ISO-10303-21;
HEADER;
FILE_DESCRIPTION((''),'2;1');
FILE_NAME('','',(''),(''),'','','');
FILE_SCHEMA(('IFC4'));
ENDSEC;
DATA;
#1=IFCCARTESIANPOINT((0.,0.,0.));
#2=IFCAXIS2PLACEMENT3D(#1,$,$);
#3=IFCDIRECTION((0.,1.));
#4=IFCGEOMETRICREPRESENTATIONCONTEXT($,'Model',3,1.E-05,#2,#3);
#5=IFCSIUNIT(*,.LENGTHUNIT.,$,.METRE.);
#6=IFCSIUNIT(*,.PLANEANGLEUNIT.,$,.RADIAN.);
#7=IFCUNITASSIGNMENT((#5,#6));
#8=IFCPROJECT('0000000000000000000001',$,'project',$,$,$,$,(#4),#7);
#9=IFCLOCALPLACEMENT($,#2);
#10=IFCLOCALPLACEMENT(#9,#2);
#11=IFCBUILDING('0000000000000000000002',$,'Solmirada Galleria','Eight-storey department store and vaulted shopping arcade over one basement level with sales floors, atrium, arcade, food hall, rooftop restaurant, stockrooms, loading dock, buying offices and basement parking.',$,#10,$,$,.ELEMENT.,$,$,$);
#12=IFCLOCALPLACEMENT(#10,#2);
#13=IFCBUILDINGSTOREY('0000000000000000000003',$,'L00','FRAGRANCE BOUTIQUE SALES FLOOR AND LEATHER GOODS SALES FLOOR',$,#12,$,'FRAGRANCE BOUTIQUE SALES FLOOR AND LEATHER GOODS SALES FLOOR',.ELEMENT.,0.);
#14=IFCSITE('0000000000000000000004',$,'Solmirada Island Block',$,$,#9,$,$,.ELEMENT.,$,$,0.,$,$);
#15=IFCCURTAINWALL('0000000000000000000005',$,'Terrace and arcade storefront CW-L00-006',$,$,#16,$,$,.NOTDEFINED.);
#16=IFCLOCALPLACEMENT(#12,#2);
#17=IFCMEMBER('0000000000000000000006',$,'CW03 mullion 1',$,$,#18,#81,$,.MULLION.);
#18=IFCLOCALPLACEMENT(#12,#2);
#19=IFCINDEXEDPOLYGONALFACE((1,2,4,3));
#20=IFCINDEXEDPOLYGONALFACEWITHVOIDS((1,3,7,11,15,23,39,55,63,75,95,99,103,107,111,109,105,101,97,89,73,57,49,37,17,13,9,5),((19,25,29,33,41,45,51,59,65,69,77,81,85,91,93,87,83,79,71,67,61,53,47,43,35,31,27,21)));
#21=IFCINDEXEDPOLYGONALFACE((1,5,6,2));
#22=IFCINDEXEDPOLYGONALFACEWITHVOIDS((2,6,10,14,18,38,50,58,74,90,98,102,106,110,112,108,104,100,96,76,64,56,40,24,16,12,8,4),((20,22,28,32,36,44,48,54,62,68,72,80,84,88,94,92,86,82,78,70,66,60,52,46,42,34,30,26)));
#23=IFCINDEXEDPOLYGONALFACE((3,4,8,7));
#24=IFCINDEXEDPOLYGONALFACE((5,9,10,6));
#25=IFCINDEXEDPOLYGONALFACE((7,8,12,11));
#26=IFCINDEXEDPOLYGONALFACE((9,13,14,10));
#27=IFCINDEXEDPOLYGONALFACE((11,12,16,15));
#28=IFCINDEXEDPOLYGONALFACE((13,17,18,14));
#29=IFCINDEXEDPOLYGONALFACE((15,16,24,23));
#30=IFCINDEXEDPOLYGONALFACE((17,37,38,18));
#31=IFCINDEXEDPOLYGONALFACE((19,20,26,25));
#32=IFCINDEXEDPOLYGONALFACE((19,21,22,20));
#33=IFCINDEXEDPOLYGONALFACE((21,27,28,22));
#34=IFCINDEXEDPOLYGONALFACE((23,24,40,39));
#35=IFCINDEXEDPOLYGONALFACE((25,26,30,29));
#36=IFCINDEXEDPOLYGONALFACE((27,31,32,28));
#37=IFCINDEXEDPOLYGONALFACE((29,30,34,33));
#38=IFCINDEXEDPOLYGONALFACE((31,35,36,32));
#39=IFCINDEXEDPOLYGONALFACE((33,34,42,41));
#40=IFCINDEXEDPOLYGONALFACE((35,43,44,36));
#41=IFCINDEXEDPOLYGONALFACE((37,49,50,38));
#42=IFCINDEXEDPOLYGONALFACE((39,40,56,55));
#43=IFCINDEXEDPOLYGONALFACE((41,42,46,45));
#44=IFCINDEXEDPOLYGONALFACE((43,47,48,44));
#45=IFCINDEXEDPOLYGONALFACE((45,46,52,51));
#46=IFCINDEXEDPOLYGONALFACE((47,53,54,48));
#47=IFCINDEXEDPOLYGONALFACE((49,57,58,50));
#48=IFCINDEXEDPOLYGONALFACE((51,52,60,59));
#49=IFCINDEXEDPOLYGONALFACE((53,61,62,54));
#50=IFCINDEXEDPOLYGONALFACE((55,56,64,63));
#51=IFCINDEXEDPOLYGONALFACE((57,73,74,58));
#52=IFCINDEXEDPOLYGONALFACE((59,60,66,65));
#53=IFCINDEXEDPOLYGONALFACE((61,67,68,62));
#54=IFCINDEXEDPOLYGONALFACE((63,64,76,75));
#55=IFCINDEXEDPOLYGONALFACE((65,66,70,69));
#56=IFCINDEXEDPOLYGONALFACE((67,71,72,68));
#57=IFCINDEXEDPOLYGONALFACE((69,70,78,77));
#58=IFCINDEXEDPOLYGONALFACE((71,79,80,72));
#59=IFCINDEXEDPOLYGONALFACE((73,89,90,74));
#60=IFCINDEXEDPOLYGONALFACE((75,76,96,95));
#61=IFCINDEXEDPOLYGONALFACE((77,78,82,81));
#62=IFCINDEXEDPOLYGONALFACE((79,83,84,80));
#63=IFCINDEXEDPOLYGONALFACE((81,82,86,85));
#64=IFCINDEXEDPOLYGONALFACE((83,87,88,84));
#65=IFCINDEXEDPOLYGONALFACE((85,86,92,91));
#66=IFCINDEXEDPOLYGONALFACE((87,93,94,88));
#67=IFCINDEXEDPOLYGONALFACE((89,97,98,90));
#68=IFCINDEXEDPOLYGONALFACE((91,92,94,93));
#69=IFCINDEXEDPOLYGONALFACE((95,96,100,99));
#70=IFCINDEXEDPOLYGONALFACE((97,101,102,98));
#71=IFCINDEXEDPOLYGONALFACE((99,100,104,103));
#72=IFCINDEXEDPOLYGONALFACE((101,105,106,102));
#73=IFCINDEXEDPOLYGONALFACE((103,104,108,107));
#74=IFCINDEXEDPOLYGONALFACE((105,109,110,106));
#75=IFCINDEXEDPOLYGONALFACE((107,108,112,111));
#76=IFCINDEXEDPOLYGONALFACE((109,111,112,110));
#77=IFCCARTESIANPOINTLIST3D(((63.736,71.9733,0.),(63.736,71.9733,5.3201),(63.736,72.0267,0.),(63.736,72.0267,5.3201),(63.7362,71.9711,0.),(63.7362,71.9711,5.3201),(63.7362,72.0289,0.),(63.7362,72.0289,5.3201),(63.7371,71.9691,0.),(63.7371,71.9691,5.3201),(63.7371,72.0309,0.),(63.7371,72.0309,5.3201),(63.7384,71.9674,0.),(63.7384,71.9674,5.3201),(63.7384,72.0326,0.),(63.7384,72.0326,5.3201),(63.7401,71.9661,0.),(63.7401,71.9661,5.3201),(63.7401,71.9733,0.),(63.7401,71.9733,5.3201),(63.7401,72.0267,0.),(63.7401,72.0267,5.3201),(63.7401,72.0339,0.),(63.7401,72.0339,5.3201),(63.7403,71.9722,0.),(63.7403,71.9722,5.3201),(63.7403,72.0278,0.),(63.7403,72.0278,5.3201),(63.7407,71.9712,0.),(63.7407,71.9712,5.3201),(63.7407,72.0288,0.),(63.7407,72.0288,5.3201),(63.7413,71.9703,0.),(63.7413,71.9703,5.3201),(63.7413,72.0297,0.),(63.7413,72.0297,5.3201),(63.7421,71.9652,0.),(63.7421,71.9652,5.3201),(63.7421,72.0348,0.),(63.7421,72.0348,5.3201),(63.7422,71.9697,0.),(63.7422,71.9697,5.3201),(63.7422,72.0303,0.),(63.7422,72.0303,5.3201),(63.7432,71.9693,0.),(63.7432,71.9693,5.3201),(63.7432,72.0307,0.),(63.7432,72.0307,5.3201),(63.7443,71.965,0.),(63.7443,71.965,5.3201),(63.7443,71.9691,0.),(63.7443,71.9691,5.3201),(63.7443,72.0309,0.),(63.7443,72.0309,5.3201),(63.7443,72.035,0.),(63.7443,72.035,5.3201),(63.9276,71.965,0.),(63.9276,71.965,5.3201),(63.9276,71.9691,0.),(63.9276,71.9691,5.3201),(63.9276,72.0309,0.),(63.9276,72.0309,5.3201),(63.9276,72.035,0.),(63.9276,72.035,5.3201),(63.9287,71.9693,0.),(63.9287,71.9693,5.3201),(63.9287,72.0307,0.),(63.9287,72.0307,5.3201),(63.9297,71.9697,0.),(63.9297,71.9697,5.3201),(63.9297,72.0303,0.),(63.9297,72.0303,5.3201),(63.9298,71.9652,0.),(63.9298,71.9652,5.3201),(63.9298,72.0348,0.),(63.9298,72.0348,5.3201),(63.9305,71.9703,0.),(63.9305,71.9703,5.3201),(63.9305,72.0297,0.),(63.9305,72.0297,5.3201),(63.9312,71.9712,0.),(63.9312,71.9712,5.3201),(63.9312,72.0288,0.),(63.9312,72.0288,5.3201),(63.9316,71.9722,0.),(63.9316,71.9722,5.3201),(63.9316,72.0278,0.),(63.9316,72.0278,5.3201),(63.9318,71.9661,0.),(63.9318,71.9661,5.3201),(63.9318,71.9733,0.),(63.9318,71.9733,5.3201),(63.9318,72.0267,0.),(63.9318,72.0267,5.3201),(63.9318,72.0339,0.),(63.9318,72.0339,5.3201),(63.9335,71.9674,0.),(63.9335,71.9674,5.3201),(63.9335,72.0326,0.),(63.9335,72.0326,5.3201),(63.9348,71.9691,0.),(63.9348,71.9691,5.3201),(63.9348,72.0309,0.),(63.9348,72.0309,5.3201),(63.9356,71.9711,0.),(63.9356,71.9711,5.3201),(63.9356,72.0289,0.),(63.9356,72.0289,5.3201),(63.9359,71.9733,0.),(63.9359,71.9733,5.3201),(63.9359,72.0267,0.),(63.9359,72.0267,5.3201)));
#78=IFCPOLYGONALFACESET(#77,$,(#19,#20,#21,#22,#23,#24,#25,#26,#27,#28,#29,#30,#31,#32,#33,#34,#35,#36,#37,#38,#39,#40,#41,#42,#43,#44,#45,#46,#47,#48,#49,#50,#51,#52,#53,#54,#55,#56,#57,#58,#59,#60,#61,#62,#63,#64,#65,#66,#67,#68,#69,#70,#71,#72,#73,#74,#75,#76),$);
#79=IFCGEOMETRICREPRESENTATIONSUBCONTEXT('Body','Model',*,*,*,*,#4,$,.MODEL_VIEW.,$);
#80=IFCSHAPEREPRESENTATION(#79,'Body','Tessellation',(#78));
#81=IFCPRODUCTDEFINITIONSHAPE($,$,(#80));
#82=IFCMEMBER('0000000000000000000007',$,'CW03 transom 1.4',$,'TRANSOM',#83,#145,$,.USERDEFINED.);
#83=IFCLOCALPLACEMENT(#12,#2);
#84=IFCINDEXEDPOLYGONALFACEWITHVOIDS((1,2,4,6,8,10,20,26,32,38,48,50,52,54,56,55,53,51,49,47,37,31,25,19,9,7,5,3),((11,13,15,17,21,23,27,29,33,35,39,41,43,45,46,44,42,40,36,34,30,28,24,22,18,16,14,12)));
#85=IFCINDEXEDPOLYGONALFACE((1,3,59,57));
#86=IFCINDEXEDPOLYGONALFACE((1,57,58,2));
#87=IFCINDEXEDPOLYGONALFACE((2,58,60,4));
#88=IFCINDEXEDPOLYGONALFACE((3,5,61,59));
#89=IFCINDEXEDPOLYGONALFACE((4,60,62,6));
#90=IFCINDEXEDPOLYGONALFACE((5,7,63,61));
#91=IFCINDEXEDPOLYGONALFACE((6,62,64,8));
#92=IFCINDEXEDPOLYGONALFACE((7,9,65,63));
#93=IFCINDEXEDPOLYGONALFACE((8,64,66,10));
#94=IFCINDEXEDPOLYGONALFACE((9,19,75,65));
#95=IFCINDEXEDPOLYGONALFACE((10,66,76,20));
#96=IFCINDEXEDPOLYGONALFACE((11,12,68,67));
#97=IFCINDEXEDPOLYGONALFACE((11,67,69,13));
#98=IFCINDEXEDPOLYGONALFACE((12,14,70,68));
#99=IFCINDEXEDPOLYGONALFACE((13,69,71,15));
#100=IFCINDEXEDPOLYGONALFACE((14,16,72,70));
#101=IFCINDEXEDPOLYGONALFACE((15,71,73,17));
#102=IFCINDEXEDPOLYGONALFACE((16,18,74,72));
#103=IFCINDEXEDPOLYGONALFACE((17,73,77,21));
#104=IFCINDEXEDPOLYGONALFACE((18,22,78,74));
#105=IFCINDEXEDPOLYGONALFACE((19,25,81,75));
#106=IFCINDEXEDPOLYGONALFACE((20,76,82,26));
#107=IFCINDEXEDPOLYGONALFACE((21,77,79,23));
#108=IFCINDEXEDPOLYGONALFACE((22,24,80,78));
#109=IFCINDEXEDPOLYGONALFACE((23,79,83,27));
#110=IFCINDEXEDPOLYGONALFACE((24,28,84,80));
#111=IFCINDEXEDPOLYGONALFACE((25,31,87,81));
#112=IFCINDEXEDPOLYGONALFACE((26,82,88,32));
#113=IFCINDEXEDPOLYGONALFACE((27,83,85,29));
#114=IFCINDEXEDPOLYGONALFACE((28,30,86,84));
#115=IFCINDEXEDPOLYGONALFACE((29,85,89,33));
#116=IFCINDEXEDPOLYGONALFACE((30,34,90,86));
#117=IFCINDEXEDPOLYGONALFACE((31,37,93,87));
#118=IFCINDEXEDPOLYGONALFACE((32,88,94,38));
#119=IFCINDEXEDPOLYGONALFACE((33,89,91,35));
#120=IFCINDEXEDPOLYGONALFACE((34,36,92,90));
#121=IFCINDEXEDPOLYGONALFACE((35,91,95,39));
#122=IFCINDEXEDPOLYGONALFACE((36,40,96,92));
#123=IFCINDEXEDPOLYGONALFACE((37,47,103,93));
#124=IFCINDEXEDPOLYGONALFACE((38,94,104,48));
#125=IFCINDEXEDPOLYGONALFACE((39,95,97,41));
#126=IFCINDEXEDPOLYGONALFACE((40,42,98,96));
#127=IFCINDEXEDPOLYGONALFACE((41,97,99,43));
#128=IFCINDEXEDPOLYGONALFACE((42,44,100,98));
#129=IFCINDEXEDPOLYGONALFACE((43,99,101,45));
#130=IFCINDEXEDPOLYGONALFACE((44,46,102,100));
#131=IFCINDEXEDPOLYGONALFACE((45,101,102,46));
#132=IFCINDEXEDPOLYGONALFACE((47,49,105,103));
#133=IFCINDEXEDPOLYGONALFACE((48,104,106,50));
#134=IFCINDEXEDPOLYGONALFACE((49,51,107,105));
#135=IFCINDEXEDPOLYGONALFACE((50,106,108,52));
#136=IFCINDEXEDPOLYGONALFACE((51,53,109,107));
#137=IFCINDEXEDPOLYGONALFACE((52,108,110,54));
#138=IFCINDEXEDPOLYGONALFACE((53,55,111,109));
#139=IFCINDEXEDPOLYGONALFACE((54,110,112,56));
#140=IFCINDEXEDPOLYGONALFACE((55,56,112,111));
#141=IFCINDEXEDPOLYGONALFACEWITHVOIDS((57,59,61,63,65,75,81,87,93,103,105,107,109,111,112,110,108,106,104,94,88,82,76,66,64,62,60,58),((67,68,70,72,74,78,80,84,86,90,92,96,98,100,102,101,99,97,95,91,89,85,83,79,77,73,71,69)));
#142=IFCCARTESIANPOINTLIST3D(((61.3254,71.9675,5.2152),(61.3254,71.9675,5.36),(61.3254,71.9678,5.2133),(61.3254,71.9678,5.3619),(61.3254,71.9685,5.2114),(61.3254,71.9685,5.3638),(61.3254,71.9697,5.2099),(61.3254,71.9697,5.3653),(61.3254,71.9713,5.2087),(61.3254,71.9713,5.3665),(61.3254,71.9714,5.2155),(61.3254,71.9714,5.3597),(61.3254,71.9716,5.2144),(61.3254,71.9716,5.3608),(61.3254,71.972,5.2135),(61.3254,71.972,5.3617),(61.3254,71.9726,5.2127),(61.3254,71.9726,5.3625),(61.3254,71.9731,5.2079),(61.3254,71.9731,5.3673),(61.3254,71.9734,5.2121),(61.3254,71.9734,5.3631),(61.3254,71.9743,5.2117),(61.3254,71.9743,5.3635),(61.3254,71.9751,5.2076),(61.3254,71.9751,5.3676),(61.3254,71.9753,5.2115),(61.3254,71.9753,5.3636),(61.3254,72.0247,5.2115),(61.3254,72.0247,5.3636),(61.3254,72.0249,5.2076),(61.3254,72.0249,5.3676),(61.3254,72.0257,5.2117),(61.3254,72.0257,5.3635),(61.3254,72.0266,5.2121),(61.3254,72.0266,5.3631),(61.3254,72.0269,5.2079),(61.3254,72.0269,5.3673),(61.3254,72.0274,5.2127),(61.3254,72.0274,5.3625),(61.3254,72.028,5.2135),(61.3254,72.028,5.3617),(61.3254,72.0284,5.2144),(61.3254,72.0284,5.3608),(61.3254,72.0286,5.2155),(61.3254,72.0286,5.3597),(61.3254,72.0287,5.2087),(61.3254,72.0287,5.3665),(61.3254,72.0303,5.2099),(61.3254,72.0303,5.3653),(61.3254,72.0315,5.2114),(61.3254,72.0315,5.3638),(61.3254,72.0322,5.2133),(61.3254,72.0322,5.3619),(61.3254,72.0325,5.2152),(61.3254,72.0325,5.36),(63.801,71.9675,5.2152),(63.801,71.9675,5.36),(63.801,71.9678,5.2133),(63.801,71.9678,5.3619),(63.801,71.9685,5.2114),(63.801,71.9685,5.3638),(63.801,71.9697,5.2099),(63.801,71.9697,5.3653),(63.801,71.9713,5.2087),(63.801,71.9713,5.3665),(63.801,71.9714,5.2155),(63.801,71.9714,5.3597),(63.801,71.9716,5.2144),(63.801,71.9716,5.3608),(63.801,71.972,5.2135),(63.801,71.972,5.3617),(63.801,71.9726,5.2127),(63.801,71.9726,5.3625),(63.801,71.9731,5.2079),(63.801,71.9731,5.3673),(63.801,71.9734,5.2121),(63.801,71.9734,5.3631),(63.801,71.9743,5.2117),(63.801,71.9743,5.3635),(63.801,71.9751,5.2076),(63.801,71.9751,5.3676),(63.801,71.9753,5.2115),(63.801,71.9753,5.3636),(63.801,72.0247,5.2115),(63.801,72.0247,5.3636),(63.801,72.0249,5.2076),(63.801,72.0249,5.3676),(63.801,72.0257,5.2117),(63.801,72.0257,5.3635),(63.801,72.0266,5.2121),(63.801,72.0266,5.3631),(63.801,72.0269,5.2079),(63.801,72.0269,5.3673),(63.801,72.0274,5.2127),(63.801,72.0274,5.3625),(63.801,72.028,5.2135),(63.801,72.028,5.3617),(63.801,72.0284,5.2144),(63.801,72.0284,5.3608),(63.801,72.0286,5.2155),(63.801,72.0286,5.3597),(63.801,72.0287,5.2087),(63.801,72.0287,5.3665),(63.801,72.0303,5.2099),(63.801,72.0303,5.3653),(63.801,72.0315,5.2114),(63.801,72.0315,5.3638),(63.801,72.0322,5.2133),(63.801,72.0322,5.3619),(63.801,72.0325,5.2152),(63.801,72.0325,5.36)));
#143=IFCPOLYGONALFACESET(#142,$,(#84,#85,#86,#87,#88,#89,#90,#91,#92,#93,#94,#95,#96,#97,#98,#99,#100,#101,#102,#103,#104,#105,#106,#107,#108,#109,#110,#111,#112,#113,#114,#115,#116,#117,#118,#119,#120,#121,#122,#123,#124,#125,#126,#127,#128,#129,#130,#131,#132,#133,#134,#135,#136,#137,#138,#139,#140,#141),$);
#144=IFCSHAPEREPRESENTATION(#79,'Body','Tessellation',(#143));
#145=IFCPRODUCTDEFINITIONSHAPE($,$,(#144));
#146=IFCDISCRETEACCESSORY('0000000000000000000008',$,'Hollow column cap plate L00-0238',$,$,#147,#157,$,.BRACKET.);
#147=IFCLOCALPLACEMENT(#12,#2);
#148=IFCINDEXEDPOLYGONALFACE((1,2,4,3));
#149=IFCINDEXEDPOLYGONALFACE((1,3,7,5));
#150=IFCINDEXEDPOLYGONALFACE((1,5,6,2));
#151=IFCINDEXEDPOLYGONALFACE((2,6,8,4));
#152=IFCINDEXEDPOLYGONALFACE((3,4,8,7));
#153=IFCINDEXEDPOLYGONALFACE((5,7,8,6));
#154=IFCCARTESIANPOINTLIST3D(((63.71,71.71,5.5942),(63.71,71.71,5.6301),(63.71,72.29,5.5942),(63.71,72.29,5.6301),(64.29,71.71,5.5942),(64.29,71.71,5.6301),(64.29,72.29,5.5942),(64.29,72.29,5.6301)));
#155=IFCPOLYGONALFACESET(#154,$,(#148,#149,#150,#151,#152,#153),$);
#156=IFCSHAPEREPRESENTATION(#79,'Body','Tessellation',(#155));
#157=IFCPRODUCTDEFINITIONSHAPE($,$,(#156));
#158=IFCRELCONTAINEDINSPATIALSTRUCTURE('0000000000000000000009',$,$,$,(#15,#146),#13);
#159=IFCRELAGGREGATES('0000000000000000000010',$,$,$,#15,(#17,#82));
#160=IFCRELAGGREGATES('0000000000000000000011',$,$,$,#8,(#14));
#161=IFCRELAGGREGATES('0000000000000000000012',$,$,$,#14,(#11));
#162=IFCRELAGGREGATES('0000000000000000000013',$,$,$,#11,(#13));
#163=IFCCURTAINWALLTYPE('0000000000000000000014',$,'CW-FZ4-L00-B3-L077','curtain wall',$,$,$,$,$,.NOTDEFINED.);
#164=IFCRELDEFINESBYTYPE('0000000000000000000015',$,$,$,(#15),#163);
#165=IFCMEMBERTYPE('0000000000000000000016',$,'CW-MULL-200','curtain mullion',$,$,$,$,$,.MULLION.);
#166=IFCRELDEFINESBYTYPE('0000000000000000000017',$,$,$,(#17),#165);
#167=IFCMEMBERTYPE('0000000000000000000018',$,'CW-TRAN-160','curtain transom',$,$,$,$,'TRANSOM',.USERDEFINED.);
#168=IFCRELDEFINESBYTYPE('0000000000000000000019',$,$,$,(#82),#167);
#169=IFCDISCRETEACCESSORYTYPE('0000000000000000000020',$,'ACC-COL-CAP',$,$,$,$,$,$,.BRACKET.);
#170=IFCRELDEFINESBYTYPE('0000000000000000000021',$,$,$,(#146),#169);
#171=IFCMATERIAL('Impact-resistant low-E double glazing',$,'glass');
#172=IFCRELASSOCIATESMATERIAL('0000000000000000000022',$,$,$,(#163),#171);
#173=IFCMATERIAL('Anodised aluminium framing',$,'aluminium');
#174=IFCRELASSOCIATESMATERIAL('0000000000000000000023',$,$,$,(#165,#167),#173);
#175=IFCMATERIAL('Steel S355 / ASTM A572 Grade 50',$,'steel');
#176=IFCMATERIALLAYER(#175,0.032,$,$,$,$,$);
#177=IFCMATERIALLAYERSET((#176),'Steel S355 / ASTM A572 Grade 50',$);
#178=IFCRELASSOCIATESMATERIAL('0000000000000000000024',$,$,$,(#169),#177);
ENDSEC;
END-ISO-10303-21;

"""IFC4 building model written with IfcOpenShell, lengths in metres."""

from ifc_helpers import new_model, si_unit, direction, frame, origin, origin_2d, place, context, subcontext, project, spatial, rectangle, hollow_rectangle, extrude, material, layer, layer_set, material_profile, profile_set, type_object, element, aggregate, save


model = new_model("IFC4")

# Units and contexts
model_context = context("Model", 3, precision=1e-05, world=origin(), true_north=direction((0.0, 1.0)))
body_context = subcontext(model_context, "Body", "Model", "MODEL_VIEW")
ifc_project = project(units=[si_unit("LENGTHUNIT", "METRE"), si_unit("PLANEANGLEUNIT", "RADIAN")], contexts=[model_context])

# Site, building, storey
site_placement = place(None, origin())
site = spatial("IfcSite", under=ifc_project, at=site_placement, Name="Solmirada Island Block", CompositionType="ELEMENT", RefElevation=0.0)
building_placement = place(site_placement, origin())
building = spatial("IfcBuilding", under=site, at=building_placement, Name="Solmirada Galleria", Description="Eight-storey department store and vaulted shopping arcade over one basement level with sales floors, atrium, arcade, food hall, rooftop restaurant, stockrooms, loading dock, buying offices and basement parking.", CompositionType="ELEMENT")
storey_placement = place(building_placement, origin())
storey = spatial("IfcBuildingStorey", under=building, at=storey_placement, Name="L00", Description="FRAGRANCE BOUTIQUE SALES FLOOR AND LEATHER GOODS SALES FLOOR", LongName="FRAGRANCE BOUTIQUE SALES FLOOR AND LEATHER GOODS SALES FLOOR", CompositionType="ELEMENT", Elevation=0.0)

# Curtain wall, members
ifc_material_1 = material(Name="Impact-resistant low-E double glazing", Category="glass")
curtain_wall_type = type_object("IfcCurtainWallType", Name="CW-FZ4-L00-B3-L077", Description="curtain wall", PredefinedType="NOTDEFINED", material=ifc_material_1)
curtain_wall_placement = place(storey_placement, origin())
curtain_wall = element("IfcCurtainWall", 1, at=curtain_wall_placement, inside=storey, type_object=curtain_wall_type, Name="Terrace and arcade storefront CW-L00-006", PredefinedType="NOTDEFINED")
ifc_material_2 = material(Name="Anodised aluminium framing", Category="aluminium")
ifc_material_profile_1 = material_profile(ifc_material_2, hollow_rectangle(XDim=0.0701, YDim=0.2, WallThickness=0.0042, InnerFilletRadius=0.0042, OuterFilletRadius=0.0083, at=origin_2d()), Name="ALU-MULL-200X70")
ifc_profile_set_1 = profile_set([ifc_material_profile_1], Name="Anodised aluminium framing")
member_type_1 = type_object("IfcMemberType", Name="CW-MULL-200", Description="curtain mullion", PredefinedType="MULLION", material=ifc_profile_set_1)
member_1_placement = place(storey_placement, frame((63.8359, 72.0, 0.0), z_axis=(0.0, 0.0, 1.0), x_axis=(0.0, -1.0, 0.0)))
member_1 = element("IfcMember", 2, at=member_1_placement, type_object=member_type_1, Name="CW03 mullion 1", PredefinedType="MULLION", context=body_context, shape_type="SweptSolid", body=[
    extrude(hollow_rectangle(XDim=0.0701, YDim=0.2, WallThickness=0.0042, InnerFilletRadius=0.0042, OuterFilletRadius=0.0083, at=origin_2d()), origin(), (0.0, 0.0, 1.0), 5.3201),
])
ifc_material_profile_2 = material_profile(ifc_material_2, hollow_rectangle(XDim=0.0649, YDim=0.1599, WallThickness=0.0039, InnerFilletRadius=0.0039, OuterFilletRadius=0.0076, at=origin_2d()), Name="ALU-TRAN-160X65")
ifc_profile_set_2 = profile_set([ifc_material_profile_2], Name="Anodised aluminium framing")
member_type_2 = type_object("IfcMemberType", Name="CW-TRAN-160", Description="curtain transom", ElementType="TRANSOM", PredefinedType="USERDEFINED", material=ifc_profile_set_2)
member_2_placement = place(storey_placement, frame((63.801, 72.0, 5.2876), z_axis=(-1.0, 0.0, 0.0), x_axis=(0.0, -1.0, 0.0)))
member_2 = element("IfcMember", 3, at=member_2_placement, type_object=member_type_2, Name="CW03 transom 1.4", ObjectType="TRANSOM", PredefinedType="USERDEFINED", context=body_context, shape_type="SweptSolid", body=[
    extrude(hollow_rectangle(XDim=0.0649, YDim=0.1599, WallThickness=0.0039, InnerFilletRadius=0.0039, OuterFilletRadius=0.0076, at=origin_2d()), origin(), (0.0, 0.0, 1.0), 2.4756),
])
aggregate(curtain_wall, [member_1, member_2])

# Discrete accessory
ifc_material_3 = material(Name="Steel S355 / ASTM A572 Grade 50", Category="steel")
ifc_layer = layer(ifc_material_3, 0.032)
ifc_layer_set = layer_set([ifc_layer], Name="Steel S355 / ASTM A572 Grade 50")
discrete_accessory_type = type_object("IfcDiscreteAccessoryType", Name="ACC-COL-CAP", PredefinedType="BRACKET", material=ifc_layer_set)
discrete_accessory_placement = place(storey_placement, frame((64.0, 72.0, 5.5942), z_axis=(0.0, 0.0, 1.0), x_axis=(1.0, 0.0, 0.0)))
element("IfcDiscreteAccessory", 4, at=discrete_accessory_placement, inside=storey, type_object=discrete_accessory_type, Name="Hollow column cap plate L00-0238", PredefinedType="BRACKET", context=body_context, shape_type="SweptSolid", body=[
    extrude(rectangle(XDim=0.5801, YDim=0.5801, at=origin_2d()), origin(), (0.0, 0.0, 1.0), 0.0359),
])

save(model, "model.ifc")
